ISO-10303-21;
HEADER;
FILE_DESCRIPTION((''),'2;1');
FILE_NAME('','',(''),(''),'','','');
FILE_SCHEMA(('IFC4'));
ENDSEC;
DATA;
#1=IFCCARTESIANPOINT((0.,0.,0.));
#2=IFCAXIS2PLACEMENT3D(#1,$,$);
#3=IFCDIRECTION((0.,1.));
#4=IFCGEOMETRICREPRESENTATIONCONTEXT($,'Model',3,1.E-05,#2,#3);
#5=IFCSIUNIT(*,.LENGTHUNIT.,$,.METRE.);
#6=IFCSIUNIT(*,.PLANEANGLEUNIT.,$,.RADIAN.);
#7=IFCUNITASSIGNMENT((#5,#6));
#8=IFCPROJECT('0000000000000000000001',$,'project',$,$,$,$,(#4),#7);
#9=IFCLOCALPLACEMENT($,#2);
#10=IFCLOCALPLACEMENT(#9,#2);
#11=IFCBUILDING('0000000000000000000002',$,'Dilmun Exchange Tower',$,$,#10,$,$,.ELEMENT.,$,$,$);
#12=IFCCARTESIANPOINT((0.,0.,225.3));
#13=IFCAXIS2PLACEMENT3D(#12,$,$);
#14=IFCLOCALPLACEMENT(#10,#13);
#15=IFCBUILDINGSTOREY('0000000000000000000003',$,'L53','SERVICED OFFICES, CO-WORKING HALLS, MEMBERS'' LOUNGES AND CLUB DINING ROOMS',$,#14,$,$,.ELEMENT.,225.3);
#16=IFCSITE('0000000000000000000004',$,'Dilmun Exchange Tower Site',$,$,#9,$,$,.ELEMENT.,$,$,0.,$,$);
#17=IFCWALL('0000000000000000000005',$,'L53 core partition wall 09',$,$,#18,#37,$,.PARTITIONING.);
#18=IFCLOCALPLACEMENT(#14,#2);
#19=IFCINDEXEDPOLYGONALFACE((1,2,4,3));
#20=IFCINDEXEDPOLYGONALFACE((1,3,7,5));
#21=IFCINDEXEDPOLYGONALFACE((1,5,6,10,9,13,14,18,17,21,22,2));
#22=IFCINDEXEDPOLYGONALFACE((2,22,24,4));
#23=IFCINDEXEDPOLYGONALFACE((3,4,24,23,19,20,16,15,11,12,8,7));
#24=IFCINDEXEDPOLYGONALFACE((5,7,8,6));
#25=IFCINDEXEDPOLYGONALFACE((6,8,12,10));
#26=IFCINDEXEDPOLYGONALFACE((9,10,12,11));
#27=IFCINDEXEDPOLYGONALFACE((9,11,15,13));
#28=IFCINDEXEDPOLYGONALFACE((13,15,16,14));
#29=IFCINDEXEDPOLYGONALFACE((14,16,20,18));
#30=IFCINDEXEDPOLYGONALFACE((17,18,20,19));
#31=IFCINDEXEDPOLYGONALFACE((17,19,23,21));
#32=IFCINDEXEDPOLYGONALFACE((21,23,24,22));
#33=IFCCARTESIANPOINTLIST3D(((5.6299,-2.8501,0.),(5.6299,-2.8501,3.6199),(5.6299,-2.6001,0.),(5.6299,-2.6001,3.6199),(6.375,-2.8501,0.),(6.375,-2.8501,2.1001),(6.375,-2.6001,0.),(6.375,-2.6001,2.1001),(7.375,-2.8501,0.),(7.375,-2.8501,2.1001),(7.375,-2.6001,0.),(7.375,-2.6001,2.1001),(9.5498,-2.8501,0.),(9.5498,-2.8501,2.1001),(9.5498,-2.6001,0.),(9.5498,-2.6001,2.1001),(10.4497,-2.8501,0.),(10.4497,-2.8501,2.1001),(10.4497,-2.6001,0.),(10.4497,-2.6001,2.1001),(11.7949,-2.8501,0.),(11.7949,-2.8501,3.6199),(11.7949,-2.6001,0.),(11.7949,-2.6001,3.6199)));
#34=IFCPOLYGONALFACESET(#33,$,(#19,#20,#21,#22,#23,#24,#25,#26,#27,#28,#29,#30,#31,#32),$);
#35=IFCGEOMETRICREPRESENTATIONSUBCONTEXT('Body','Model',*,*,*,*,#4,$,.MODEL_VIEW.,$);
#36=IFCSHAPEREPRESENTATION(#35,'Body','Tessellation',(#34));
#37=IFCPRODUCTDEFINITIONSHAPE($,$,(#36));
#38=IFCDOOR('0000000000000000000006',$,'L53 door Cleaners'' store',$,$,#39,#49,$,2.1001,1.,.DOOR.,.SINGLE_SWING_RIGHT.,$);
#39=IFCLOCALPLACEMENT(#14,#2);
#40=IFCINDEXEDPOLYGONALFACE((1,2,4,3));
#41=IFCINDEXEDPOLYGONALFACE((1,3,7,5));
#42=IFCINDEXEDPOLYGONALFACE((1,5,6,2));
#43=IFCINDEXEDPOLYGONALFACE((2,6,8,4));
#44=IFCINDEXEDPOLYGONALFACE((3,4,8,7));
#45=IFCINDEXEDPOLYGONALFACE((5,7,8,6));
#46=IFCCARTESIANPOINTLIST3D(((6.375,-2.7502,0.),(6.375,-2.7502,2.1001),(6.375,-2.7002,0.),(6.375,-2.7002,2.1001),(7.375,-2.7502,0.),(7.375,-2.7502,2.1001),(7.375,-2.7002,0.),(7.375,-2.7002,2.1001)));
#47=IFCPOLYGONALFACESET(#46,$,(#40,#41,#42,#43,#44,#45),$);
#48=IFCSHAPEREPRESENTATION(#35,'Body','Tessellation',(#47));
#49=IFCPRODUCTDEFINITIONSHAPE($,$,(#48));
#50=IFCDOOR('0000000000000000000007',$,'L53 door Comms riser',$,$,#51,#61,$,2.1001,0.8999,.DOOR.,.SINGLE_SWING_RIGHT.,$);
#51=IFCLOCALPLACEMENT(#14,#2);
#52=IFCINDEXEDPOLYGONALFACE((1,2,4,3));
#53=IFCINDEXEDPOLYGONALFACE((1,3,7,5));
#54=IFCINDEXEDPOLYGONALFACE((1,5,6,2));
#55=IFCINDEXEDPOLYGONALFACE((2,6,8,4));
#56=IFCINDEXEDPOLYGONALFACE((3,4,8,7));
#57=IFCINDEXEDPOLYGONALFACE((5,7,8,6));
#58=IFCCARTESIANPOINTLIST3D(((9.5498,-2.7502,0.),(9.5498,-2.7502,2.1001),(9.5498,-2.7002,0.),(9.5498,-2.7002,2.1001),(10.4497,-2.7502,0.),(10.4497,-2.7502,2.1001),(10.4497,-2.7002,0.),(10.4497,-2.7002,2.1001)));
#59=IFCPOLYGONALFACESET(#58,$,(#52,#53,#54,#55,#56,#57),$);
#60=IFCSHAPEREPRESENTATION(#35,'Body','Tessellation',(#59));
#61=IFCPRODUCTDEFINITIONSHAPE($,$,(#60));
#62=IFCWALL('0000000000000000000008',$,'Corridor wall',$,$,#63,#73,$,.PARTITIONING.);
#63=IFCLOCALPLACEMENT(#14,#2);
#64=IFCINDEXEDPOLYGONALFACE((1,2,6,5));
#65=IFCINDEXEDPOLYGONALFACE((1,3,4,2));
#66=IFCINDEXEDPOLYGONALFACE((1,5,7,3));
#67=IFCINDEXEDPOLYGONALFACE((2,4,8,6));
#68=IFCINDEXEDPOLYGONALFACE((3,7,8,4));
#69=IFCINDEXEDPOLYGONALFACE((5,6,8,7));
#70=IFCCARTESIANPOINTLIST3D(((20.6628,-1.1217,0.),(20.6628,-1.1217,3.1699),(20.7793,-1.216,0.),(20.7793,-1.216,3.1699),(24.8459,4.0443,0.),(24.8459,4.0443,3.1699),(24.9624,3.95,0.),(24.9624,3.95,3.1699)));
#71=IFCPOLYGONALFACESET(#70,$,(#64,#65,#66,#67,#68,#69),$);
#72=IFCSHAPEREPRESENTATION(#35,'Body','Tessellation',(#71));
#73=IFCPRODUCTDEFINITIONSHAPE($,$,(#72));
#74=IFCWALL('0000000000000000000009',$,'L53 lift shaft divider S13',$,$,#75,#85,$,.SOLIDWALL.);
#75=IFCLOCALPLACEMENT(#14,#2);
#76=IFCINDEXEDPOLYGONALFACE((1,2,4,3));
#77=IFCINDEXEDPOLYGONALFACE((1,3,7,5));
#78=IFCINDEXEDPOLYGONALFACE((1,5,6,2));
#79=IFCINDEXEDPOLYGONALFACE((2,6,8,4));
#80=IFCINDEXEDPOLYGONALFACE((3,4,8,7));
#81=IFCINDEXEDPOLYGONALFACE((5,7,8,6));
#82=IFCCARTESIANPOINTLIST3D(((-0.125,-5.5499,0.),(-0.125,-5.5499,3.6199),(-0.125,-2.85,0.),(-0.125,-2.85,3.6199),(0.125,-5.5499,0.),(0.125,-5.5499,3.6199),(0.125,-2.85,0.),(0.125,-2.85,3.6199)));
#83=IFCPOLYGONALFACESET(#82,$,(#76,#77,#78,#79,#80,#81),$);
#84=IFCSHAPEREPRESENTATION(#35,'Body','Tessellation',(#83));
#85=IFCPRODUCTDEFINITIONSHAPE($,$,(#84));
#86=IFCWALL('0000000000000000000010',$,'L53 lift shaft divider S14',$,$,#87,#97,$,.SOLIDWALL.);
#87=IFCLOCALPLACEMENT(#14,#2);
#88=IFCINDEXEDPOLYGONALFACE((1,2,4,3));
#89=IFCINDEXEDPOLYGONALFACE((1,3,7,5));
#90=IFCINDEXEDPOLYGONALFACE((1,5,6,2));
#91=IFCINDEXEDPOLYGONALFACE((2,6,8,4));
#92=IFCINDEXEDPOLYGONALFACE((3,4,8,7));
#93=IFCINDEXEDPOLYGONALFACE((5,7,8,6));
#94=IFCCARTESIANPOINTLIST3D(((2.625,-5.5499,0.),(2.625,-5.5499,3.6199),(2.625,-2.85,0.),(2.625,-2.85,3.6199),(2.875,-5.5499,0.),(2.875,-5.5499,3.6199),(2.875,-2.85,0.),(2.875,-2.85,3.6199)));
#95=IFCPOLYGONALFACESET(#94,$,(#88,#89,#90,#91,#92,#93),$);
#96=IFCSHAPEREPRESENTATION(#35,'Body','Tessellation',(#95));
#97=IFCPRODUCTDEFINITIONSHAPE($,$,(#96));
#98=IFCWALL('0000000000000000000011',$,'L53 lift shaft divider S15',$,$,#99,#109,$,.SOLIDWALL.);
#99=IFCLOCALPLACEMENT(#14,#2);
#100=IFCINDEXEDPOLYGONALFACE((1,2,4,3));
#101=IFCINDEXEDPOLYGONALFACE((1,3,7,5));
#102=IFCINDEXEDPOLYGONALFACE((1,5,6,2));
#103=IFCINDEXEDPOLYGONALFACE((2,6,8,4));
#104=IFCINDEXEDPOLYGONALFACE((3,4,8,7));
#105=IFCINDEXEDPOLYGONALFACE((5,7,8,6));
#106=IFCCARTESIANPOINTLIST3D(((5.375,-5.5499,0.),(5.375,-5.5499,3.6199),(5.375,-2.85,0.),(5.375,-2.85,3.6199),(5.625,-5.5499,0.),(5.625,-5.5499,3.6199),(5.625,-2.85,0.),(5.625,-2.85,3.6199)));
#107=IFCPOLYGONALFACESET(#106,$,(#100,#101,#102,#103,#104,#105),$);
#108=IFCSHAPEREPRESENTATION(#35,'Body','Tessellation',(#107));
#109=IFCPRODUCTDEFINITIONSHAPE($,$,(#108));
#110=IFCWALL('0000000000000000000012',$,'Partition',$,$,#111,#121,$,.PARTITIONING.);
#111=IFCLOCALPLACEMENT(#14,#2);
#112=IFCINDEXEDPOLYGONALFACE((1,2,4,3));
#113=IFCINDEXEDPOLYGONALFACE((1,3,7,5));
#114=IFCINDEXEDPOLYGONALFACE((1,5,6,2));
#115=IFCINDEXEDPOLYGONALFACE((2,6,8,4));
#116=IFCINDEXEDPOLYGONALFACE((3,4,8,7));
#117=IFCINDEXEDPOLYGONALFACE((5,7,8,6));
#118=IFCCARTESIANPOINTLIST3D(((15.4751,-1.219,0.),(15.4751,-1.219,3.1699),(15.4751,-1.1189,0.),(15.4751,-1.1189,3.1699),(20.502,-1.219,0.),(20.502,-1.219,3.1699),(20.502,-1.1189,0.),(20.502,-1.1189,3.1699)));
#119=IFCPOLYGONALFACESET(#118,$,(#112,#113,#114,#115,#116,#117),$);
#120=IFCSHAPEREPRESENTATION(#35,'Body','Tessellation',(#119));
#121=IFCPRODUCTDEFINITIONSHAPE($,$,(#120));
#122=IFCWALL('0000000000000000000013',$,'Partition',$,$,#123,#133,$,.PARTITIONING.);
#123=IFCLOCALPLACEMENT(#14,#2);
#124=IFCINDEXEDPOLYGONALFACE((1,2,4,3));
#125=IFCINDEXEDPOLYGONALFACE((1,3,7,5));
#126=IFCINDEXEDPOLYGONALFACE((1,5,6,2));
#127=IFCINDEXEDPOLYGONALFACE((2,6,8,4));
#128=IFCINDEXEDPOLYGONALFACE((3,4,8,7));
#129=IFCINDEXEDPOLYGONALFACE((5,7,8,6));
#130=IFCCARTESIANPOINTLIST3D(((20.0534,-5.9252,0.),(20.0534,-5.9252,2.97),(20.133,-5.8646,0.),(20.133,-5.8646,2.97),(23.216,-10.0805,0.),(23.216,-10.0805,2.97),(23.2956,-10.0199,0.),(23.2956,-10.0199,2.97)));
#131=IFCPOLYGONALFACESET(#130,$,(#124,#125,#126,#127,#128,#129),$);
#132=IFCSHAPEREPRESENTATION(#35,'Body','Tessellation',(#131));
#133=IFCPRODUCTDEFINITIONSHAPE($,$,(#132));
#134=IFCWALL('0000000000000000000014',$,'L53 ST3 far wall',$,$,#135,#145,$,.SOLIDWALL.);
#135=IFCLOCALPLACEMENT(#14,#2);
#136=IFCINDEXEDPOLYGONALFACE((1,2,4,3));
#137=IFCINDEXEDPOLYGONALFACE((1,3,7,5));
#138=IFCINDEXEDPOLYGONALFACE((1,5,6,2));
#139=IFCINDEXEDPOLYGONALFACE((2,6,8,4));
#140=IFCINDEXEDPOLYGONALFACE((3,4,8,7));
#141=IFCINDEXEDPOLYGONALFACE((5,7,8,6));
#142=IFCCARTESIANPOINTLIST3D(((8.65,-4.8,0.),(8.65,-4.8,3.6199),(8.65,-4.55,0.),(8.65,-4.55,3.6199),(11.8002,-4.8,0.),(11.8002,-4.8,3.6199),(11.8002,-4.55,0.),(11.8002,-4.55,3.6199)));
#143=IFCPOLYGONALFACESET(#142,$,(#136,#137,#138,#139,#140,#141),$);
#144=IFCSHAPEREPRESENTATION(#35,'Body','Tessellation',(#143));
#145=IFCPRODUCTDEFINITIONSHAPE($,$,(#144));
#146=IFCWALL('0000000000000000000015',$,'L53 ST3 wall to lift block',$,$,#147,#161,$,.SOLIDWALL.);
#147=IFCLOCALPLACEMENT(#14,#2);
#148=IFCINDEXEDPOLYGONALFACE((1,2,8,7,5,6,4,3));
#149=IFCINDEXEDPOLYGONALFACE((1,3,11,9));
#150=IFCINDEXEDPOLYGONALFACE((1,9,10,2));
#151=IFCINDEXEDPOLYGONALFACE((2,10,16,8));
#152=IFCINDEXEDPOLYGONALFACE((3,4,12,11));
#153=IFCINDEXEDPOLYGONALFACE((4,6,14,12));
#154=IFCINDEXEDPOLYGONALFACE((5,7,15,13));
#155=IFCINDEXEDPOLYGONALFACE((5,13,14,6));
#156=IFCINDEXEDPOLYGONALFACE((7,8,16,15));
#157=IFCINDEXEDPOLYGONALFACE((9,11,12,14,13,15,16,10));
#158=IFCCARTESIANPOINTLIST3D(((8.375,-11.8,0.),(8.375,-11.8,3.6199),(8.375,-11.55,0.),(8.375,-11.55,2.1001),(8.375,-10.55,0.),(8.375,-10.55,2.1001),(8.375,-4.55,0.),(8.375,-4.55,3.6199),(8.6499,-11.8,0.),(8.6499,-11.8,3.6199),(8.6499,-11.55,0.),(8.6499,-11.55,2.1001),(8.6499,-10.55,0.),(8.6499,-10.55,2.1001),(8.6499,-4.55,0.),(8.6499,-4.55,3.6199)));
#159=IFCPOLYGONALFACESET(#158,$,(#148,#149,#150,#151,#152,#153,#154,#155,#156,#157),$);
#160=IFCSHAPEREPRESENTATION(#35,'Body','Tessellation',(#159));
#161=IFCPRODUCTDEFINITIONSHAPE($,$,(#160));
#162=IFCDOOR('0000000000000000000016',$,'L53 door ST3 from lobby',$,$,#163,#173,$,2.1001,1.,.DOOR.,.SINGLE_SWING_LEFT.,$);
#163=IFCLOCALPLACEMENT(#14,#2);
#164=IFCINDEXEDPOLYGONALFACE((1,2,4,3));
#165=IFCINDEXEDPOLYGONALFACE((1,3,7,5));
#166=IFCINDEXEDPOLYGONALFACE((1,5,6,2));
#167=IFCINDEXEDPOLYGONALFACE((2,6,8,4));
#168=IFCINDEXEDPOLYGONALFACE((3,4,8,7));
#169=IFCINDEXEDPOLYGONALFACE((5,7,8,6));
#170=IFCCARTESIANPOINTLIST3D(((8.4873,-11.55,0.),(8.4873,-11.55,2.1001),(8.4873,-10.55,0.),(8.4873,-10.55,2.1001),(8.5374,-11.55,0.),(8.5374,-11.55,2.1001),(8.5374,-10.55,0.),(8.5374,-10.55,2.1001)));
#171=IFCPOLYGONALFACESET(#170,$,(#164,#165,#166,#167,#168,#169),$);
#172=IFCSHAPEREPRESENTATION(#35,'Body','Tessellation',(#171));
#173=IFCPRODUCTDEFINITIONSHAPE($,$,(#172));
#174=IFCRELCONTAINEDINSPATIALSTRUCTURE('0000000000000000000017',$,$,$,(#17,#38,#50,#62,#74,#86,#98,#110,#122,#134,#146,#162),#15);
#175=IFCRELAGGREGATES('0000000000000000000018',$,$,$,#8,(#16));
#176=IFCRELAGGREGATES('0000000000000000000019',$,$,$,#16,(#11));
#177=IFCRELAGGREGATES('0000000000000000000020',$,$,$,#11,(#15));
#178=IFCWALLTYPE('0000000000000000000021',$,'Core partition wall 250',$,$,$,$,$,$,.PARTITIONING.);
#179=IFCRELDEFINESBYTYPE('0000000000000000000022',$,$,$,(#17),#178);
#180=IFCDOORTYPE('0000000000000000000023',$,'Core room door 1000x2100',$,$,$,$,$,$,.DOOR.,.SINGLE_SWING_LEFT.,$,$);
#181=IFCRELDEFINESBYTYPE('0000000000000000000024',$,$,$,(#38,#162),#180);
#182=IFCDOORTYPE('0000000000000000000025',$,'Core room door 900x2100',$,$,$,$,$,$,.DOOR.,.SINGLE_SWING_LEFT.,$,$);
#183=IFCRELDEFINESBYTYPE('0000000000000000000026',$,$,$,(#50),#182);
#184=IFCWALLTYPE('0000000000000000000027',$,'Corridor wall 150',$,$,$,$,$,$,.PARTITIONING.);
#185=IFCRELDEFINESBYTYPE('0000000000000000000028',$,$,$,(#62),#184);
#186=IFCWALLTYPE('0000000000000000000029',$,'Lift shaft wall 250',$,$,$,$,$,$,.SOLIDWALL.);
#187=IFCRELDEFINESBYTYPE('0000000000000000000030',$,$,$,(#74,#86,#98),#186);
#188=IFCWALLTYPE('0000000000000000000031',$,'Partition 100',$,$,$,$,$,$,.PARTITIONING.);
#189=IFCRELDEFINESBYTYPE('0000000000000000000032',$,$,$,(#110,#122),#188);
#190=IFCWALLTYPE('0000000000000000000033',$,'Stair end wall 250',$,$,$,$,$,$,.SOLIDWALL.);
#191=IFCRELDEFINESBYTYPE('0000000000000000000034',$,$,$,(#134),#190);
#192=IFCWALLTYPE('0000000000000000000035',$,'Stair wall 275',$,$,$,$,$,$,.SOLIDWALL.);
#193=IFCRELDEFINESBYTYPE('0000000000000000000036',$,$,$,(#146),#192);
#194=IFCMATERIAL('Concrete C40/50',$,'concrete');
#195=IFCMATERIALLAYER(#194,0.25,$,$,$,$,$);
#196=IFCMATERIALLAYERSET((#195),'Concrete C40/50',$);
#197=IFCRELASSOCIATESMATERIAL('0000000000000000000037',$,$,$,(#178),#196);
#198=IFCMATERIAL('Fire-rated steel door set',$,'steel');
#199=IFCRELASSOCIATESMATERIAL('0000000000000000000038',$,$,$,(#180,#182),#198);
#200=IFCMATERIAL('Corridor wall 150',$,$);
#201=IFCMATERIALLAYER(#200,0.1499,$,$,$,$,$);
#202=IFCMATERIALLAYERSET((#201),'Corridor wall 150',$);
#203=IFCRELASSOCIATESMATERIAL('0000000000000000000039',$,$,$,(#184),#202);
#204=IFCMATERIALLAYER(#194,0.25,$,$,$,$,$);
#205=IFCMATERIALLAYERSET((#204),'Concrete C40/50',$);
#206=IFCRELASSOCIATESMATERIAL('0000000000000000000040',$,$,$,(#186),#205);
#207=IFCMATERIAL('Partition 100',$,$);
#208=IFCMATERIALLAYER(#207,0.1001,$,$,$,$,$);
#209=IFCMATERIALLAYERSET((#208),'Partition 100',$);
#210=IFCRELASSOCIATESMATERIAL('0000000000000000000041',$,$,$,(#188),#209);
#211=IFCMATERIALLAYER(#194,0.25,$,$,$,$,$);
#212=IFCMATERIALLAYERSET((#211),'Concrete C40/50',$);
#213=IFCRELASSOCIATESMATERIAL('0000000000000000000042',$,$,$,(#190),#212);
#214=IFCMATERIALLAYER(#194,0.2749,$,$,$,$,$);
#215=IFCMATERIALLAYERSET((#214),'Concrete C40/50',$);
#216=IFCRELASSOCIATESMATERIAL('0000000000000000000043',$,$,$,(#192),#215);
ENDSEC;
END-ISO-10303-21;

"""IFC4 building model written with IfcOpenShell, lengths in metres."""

from ifc_helpers import new_model, si_unit, direction, frame, frame_2d, origin, place, context, subcontext, project, spatial, rectangle, extrude, material, layer, layer_set, type_object, element, fill, save


model = new_model("IFC4")

# Units and contexts
model_context = context("Model", 3, precision=1e-05, world=origin(), true_north=direction((0.0, 1.0)))
body_context = subcontext(model_context, "Body", "Model", "MODEL_VIEW")
ifc_project = project(units=[si_unit("LENGTHUNIT", "METRE"), si_unit("PLANEANGLEUNIT", "RADIAN")], contexts=[model_context])

# Site, building, storey
site_placement = place(None, origin())
site = spatial("IfcSite", under=ifc_project, at=site_placement, Name="Dilmun Exchange Tower Site", CompositionType="ELEMENT", RefElevation=0.0)
building_placement = place(site_placement, origin())
building = spatial("IfcBuilding", under=site, at=building_placement, Name="Dilmun Exchange Tower", CompositionType="ELEMENT")
storey_placement = place(building_placement, frame((0.0, 0.0, 225.3)))
storey = spatial("IfcBuildingStorey", under=building, at=storey_placement, Name="L53", Description="SERVICED OFFICES, CO-WORKING HALLS, MEMBERS' LOUNGES AND CLUB DINING ROOMS", CompositionType="ELEMENT", Elevation=225.3)

# Shared definitions
ifc_material_1 = material(Name="Concrete C40/50", Category="concrete")

# Shared definitions
ifc_layer_1 = layer(ifc_material_1, 0.25)
ifc_layer_set_1 = layer_set([ifc_layer_1], Name="Concrete C40/50")
wall_type_1 = type_object("IfcWallType", Name="Core partition wall 250", PredefinedType="PARTITIONING", material=ifc_layer_set_1)

# Wall, openings, doors
wall_1_placement = place(storey_placement, frame((5.6299, -2.7251, 0.0), z_axis=(0.0, 0.0, 1.0), x_axis=(1.0, 0.0, 0.0)))
wall_1 = element("IfcWall", 1, at=wall_1_placement, inside=storey, type_object=wall_type_1, Name="L53 core partition wall 09", PredefinedType="PARTITIONING", context=body_context, shape_type="SweptSolid", body=[
    extrude(rectangle(XDim=6.165, YDim=0.25, at=frame_2d((3.0825, 0.0))), origin(), (0.0, 0.0, 1.0), 3.6199),
])
opening_1_placement = place(wall_1_placement, frame((0.7451, 0.0, 0.0)))
opening_1 = element("IfcOpeningElement", 2, at=opening_1_placement, cuts=wall_1, PredefinedType="OPENING", context=body_context, shape_type="SweptSolid", body=[
    extrude(rectangle(XDim=1.0, YDim=2.1001, at=frame_2d((0.5, 1.05))), frame((0.0, 0.135, 0.0), z_axis=(0.0, -1.0, 0.0), x_axis=(1.0, 0.0, 0.0)), (0.0, 0.0, 1.0), 0.27),
])
opening_2_placement = place(wall_1_placement, frame((3.9199, 0.0, 0.0)))
opening_2 = element("IfcOpeningElement", 3, at=opening_2_placement, cuts=wall_1, PredefinedType="OPENING", context=body_context, shape_type="SweptSolid", body=[
    extrude(rectangle(XDim=0.8999, YDim=2.1001, at=frame_2d((0.45, 1.05))), frame((0.0, 0.135, 0.0), z_axis=(0.0, -1.0, 0.0), x_axis=(1.0, 0.0, 0.0)), (0.0, 0.0, 1.0), 0.27),
])
ifc_material_2 = material(Name="Fire-rated steel door set", Category="steel")
door_type_1 = type_object("IfcDoorType", Name="Core room door 1000x2100", OperationType="SINGLE_SWING_LEFT", PredefinedType="DOOR", material=ifc_material_2)
door_1_placement = place(opening_1_placement, origin())
door_1 = element("IfcDoor", 4, at=door_1_placement, inside=storey, type_object=door_type_1, Name="L53 door Cleaners' store", OperationType="SINGLE_SWING_RIGHT", OverallHeight=2.1001, OverallWidth=1.0, PredefinedType="DOOR", context=body_context, shape_type="SweptSolid", body=[
    extrude(rectangle(XDim=1.0, YDim=2.1001, at=frame_2d((0.5, 1.05))), frame((0.0, 0.0249, 0.0), z_axis=(0.0, -1.0, 0.0), x_axis=(1.0, 0.0, 0.0)), (0.0, 0.0, 1.0), 0.05),
])
fill(opening_1, door_1)
door_type_2 = type_object("IfcDoorType", Name="Core room door 900x2100", OperationType="SINGLE_SWING_LEFT", PredefinedType="DOOR", material=ifc_material_2)
door_2_placement = place(opening_2_placement, origin())
door_2 = element("IfcDoor", 5, at=door_2_placement, inside=storey, type_object=door_type_2, Name="L53 door Comms riser", OperationType="SINGLE_SWING_RIGHT", OverallHeight=2.1001, OverallWidth=0.8999, PredefinedType="DOOR", context=body_context, shape_type="SweptSolid", body=[
    extrude(rectangle(XDim=0.8999, YDim=2.1001, at=frame_2d((0.45, 1.05))), frame((0.0, 0.0249, 0.0), z_axis=(0.0, -1.0, 0.0), x_axis=(1.0, 0.0, 0.0)), (0.0, 0.0, 1.0), 0.05),
])
fill(opening_2, door_2)

# Walls
ifc_material_3 = material(Name="Corridor wall 150")
ifc_layer_2 = layer(ifc_material_3, 0.1499)
ifc_layer_set_2 = layer_set([ifc_layer_2], Name="Corridor wall 150")
wall_type_2 = type_object("IfcWallType", Name="Corridor wall 150", PredefinedType="PARTITIONING", material=ifc_layer_set_2)
wall_2_placement = place(storey_placement, frame((20.7209, -1.1689, 0.0), z_axis=(0.0, 0.0, 1.0), x_axis=(0.629298, 0.777164, 0.0)))
element("IfcWall", 6, at=wall_2_placement, inside=storey, type_object=wall_type_2, Name="Corridor wall", PredefinedType="PARTITIONING", context=body_context, shape_type="SweptSolid", body=[
    extrude(rectangle(XDim=6.6472, YDim=0.1499, at=frame_2d((3.3237, 0.0))), origin(), (0.0, 0.0, 1.0), 3.1699),
])
ifc_layer_3 = layer(ifc_material_1, 0.25)
ifc_layer_set_3 = layer_set([ifc_layer_3], Name="Concrete C40/50")
wall_type_3 = type_object("IfcWallType", Name="Lift shaft wall 250", PredefinedType="SOLIDWALL", material=ifc_layer_set_3)
for number, where, z_axis, x_axis, name in (
    (7, (0.0, -5.55, 0.0), (0.0, 0.0, 1.0), (0.0, 1.0, 0.0), "L53 lift shaft divider S13"),
    (8, (2.75, -5.55, 0.0), (0.0, 0.0, 1.0), (0.0, 1.0, 0.0), "L53 lift shaft divider S14"),
    (9, (5.5, -5.55, 0.0), (0.0, 0.0, 1.0), (0.0, 1.0, 0.0), "L53 lift shaft divider S15"),
):
    element("IfcWall", number, at=place(storey_placement, frame(where, z_axis=z_axis, x_axis=x_axis)), inside=storey, type_object=wall_type_3, Name=name, PredefinedType="SOLIDWALL", context=body_context, shape_type="SweptSolid", body=[
        extrude(rectangle(XDim=2.7, YDim=0.25, at=frame_2d((1.3501, 0.0))), origin(), (0.0, 0.0, 1.0), 3.6199),
    ])
ifc_material_4 = material(Name="Partition 100")
ifc_layer_4 = layer(ifc_material_4, 0.1001)
ifc_layer_set_4 = layer_set([ifc_layer_4], Name="Partition 100")
wall_type_4 = type_object("IfcWallType", Name="Partition 100", PredefinedType="PARTITIONING", material=ifc_layer_set_4)
wall_3_placement = place(storey_placement, frame((15.4751, -1.1689, 0.0), z_axis=(0.0, 0.0, 1.0), x_axis=(1.0, 0.0, 0.0)))
element("IfcWall", 10, at=wall_3_placement, inside=storey, type_object=wall_type_4, Name="Partition", PredefinedType="PARTITIONING", context=body_context, shape_type="SweptSolid", body=[
    extrude(rectangle(XDim=5.0269, YDim=0.1001, at=frame_2d((2.5134, 0.0))), origin(), (0.0, 0.0, 1.0), 3.1699),
])
wall_4_placement = place(storey_placement, frame((20.0933, -5.895, 0.0), z_axis=(0.0, 0.0, 1.0), x_axis=(0.60564, -0.795739, 0.0)))
element("IfcWall", 11, at=wall_4_placement, inside=storey, type_object=wall_type_4, Name="Partition", PredefinedType="PARTITIONING", context=body_context, shape_type="SweptSolid", body=[
    extrude(rectangle(XDim=5.2219, YDim=0.1001, at=frame_2d((2.6108, 0.0))), origin(), (0.0, 0.0, 1.0), 2.97),
])
ifc_layer_5 = layer(ifc_material_1, 0.25)
ifc_layer_set_5 = layer_set([ifc_layer_5], Name="Concrete C40/50")
wall_type_5 = type_object("IfcWallType", Name="Stair end wall 250", PredefinedType="SOLIDWALL", material=ifc_layer_set_5)
wall_5_placement = place(storey_placement, frame((8.6499, -4.675, 0.0), z_axis=(0.0, 0.0, 1.0), x_axis=(1.0, 0.0, 0.0)))
element("IfcWall", 12, at=wall_5_placement, inside=storey, type_object=wall_type_5, Name="L53 ST3 far wall", PredefinedType="SOLIDWALL", context=body_context, shape_type="SweptSolid", body=[
    extrude(rectangle(XDim=3.1501, YDim=0.25, at=frame_2d((1.5752, 0.0))), origin(), (0.0, 0.0, 1.0), 3.6199),
])

# Wall, opening, door
ifc_layer_6 = layer(ifc_material_1, 0.2749)
ifc_layer_set_6 = layer_set([ifc_layer_6], Name="Concrete C40/50")
wall_type_6 = type_object("IfcWallType", Name="Stair wall 275", PredefinedType="SOLIDWALL", material=ifc_layer_set_6)
wall_6_placement = place(storey_placement, frame((8.5125, -4.55, 0.0), z_axis=(0.0, 0.0, 1.0), x_axis=(0.0, -1.0, 0.0)))
wall_6 = element("IfcWall", 13, at=wall_6_placement, inside=storey, type_object=wall_type_6, Name="L53 ST3 wall to lift block", PredefinedType="SOLIDWALL", context=body_context, shape_type="SweptSolid", body=[
    extrude(rectangle(XDim=7.25, YDim=0.2749, at=frame_2d((3.625, 0.0))), origin(), (0.0, 0.0, 1.0), 3.6199),
])
opening_3_placement = place(wall_6_placement, frame((6.0, 0.0, 0.0)))
opening_3 = element("IfcOpeningElement", 14, at=opening_3_placement, cuts=wall_6, PredefinedType="OPENING", context=body_context, shape_type="SweptSolid", body=[
    extrude(rectangle(XDim=1.0, YDim=2.1001, at=frame_2d((0.5, 1.05))), frame((0.0, 0.1475, 0.0), z_axis=(0.0, -1.0, 0.0), x_axis=(1.0, 0.0, 0.0)), (0.0, 0.0, 1.0), 0.2949),
])
door_3_placement = place(opening_3_placement, origin())
door_3 = element("IfcDoor", 15, at=door_3_placement, inside=storey, type_object=door_type_1, Name="L53 door ST3 from lobby", OperationType="SINGLE_SWING_LEFT", OverallHeight=2.1001, OverallWidth=1.0, PredefinedType="DOOR", context=body_context, shape_type="SweptSolid", body=[
    extrude(rectangle(XDim=1.0, YDim=2.1001, at=frame_2d((0.5, 1.05))), frame((0.0, 0.0249, 0.0), z_axis=(0.0, -1.0, 0.0), x_axis=(1.0, 0.0, 0.0)), (0.0, 0.0, 1.0), 0.05),
])
fill(opening_3, door_3)

save(model, "model.ifc")
